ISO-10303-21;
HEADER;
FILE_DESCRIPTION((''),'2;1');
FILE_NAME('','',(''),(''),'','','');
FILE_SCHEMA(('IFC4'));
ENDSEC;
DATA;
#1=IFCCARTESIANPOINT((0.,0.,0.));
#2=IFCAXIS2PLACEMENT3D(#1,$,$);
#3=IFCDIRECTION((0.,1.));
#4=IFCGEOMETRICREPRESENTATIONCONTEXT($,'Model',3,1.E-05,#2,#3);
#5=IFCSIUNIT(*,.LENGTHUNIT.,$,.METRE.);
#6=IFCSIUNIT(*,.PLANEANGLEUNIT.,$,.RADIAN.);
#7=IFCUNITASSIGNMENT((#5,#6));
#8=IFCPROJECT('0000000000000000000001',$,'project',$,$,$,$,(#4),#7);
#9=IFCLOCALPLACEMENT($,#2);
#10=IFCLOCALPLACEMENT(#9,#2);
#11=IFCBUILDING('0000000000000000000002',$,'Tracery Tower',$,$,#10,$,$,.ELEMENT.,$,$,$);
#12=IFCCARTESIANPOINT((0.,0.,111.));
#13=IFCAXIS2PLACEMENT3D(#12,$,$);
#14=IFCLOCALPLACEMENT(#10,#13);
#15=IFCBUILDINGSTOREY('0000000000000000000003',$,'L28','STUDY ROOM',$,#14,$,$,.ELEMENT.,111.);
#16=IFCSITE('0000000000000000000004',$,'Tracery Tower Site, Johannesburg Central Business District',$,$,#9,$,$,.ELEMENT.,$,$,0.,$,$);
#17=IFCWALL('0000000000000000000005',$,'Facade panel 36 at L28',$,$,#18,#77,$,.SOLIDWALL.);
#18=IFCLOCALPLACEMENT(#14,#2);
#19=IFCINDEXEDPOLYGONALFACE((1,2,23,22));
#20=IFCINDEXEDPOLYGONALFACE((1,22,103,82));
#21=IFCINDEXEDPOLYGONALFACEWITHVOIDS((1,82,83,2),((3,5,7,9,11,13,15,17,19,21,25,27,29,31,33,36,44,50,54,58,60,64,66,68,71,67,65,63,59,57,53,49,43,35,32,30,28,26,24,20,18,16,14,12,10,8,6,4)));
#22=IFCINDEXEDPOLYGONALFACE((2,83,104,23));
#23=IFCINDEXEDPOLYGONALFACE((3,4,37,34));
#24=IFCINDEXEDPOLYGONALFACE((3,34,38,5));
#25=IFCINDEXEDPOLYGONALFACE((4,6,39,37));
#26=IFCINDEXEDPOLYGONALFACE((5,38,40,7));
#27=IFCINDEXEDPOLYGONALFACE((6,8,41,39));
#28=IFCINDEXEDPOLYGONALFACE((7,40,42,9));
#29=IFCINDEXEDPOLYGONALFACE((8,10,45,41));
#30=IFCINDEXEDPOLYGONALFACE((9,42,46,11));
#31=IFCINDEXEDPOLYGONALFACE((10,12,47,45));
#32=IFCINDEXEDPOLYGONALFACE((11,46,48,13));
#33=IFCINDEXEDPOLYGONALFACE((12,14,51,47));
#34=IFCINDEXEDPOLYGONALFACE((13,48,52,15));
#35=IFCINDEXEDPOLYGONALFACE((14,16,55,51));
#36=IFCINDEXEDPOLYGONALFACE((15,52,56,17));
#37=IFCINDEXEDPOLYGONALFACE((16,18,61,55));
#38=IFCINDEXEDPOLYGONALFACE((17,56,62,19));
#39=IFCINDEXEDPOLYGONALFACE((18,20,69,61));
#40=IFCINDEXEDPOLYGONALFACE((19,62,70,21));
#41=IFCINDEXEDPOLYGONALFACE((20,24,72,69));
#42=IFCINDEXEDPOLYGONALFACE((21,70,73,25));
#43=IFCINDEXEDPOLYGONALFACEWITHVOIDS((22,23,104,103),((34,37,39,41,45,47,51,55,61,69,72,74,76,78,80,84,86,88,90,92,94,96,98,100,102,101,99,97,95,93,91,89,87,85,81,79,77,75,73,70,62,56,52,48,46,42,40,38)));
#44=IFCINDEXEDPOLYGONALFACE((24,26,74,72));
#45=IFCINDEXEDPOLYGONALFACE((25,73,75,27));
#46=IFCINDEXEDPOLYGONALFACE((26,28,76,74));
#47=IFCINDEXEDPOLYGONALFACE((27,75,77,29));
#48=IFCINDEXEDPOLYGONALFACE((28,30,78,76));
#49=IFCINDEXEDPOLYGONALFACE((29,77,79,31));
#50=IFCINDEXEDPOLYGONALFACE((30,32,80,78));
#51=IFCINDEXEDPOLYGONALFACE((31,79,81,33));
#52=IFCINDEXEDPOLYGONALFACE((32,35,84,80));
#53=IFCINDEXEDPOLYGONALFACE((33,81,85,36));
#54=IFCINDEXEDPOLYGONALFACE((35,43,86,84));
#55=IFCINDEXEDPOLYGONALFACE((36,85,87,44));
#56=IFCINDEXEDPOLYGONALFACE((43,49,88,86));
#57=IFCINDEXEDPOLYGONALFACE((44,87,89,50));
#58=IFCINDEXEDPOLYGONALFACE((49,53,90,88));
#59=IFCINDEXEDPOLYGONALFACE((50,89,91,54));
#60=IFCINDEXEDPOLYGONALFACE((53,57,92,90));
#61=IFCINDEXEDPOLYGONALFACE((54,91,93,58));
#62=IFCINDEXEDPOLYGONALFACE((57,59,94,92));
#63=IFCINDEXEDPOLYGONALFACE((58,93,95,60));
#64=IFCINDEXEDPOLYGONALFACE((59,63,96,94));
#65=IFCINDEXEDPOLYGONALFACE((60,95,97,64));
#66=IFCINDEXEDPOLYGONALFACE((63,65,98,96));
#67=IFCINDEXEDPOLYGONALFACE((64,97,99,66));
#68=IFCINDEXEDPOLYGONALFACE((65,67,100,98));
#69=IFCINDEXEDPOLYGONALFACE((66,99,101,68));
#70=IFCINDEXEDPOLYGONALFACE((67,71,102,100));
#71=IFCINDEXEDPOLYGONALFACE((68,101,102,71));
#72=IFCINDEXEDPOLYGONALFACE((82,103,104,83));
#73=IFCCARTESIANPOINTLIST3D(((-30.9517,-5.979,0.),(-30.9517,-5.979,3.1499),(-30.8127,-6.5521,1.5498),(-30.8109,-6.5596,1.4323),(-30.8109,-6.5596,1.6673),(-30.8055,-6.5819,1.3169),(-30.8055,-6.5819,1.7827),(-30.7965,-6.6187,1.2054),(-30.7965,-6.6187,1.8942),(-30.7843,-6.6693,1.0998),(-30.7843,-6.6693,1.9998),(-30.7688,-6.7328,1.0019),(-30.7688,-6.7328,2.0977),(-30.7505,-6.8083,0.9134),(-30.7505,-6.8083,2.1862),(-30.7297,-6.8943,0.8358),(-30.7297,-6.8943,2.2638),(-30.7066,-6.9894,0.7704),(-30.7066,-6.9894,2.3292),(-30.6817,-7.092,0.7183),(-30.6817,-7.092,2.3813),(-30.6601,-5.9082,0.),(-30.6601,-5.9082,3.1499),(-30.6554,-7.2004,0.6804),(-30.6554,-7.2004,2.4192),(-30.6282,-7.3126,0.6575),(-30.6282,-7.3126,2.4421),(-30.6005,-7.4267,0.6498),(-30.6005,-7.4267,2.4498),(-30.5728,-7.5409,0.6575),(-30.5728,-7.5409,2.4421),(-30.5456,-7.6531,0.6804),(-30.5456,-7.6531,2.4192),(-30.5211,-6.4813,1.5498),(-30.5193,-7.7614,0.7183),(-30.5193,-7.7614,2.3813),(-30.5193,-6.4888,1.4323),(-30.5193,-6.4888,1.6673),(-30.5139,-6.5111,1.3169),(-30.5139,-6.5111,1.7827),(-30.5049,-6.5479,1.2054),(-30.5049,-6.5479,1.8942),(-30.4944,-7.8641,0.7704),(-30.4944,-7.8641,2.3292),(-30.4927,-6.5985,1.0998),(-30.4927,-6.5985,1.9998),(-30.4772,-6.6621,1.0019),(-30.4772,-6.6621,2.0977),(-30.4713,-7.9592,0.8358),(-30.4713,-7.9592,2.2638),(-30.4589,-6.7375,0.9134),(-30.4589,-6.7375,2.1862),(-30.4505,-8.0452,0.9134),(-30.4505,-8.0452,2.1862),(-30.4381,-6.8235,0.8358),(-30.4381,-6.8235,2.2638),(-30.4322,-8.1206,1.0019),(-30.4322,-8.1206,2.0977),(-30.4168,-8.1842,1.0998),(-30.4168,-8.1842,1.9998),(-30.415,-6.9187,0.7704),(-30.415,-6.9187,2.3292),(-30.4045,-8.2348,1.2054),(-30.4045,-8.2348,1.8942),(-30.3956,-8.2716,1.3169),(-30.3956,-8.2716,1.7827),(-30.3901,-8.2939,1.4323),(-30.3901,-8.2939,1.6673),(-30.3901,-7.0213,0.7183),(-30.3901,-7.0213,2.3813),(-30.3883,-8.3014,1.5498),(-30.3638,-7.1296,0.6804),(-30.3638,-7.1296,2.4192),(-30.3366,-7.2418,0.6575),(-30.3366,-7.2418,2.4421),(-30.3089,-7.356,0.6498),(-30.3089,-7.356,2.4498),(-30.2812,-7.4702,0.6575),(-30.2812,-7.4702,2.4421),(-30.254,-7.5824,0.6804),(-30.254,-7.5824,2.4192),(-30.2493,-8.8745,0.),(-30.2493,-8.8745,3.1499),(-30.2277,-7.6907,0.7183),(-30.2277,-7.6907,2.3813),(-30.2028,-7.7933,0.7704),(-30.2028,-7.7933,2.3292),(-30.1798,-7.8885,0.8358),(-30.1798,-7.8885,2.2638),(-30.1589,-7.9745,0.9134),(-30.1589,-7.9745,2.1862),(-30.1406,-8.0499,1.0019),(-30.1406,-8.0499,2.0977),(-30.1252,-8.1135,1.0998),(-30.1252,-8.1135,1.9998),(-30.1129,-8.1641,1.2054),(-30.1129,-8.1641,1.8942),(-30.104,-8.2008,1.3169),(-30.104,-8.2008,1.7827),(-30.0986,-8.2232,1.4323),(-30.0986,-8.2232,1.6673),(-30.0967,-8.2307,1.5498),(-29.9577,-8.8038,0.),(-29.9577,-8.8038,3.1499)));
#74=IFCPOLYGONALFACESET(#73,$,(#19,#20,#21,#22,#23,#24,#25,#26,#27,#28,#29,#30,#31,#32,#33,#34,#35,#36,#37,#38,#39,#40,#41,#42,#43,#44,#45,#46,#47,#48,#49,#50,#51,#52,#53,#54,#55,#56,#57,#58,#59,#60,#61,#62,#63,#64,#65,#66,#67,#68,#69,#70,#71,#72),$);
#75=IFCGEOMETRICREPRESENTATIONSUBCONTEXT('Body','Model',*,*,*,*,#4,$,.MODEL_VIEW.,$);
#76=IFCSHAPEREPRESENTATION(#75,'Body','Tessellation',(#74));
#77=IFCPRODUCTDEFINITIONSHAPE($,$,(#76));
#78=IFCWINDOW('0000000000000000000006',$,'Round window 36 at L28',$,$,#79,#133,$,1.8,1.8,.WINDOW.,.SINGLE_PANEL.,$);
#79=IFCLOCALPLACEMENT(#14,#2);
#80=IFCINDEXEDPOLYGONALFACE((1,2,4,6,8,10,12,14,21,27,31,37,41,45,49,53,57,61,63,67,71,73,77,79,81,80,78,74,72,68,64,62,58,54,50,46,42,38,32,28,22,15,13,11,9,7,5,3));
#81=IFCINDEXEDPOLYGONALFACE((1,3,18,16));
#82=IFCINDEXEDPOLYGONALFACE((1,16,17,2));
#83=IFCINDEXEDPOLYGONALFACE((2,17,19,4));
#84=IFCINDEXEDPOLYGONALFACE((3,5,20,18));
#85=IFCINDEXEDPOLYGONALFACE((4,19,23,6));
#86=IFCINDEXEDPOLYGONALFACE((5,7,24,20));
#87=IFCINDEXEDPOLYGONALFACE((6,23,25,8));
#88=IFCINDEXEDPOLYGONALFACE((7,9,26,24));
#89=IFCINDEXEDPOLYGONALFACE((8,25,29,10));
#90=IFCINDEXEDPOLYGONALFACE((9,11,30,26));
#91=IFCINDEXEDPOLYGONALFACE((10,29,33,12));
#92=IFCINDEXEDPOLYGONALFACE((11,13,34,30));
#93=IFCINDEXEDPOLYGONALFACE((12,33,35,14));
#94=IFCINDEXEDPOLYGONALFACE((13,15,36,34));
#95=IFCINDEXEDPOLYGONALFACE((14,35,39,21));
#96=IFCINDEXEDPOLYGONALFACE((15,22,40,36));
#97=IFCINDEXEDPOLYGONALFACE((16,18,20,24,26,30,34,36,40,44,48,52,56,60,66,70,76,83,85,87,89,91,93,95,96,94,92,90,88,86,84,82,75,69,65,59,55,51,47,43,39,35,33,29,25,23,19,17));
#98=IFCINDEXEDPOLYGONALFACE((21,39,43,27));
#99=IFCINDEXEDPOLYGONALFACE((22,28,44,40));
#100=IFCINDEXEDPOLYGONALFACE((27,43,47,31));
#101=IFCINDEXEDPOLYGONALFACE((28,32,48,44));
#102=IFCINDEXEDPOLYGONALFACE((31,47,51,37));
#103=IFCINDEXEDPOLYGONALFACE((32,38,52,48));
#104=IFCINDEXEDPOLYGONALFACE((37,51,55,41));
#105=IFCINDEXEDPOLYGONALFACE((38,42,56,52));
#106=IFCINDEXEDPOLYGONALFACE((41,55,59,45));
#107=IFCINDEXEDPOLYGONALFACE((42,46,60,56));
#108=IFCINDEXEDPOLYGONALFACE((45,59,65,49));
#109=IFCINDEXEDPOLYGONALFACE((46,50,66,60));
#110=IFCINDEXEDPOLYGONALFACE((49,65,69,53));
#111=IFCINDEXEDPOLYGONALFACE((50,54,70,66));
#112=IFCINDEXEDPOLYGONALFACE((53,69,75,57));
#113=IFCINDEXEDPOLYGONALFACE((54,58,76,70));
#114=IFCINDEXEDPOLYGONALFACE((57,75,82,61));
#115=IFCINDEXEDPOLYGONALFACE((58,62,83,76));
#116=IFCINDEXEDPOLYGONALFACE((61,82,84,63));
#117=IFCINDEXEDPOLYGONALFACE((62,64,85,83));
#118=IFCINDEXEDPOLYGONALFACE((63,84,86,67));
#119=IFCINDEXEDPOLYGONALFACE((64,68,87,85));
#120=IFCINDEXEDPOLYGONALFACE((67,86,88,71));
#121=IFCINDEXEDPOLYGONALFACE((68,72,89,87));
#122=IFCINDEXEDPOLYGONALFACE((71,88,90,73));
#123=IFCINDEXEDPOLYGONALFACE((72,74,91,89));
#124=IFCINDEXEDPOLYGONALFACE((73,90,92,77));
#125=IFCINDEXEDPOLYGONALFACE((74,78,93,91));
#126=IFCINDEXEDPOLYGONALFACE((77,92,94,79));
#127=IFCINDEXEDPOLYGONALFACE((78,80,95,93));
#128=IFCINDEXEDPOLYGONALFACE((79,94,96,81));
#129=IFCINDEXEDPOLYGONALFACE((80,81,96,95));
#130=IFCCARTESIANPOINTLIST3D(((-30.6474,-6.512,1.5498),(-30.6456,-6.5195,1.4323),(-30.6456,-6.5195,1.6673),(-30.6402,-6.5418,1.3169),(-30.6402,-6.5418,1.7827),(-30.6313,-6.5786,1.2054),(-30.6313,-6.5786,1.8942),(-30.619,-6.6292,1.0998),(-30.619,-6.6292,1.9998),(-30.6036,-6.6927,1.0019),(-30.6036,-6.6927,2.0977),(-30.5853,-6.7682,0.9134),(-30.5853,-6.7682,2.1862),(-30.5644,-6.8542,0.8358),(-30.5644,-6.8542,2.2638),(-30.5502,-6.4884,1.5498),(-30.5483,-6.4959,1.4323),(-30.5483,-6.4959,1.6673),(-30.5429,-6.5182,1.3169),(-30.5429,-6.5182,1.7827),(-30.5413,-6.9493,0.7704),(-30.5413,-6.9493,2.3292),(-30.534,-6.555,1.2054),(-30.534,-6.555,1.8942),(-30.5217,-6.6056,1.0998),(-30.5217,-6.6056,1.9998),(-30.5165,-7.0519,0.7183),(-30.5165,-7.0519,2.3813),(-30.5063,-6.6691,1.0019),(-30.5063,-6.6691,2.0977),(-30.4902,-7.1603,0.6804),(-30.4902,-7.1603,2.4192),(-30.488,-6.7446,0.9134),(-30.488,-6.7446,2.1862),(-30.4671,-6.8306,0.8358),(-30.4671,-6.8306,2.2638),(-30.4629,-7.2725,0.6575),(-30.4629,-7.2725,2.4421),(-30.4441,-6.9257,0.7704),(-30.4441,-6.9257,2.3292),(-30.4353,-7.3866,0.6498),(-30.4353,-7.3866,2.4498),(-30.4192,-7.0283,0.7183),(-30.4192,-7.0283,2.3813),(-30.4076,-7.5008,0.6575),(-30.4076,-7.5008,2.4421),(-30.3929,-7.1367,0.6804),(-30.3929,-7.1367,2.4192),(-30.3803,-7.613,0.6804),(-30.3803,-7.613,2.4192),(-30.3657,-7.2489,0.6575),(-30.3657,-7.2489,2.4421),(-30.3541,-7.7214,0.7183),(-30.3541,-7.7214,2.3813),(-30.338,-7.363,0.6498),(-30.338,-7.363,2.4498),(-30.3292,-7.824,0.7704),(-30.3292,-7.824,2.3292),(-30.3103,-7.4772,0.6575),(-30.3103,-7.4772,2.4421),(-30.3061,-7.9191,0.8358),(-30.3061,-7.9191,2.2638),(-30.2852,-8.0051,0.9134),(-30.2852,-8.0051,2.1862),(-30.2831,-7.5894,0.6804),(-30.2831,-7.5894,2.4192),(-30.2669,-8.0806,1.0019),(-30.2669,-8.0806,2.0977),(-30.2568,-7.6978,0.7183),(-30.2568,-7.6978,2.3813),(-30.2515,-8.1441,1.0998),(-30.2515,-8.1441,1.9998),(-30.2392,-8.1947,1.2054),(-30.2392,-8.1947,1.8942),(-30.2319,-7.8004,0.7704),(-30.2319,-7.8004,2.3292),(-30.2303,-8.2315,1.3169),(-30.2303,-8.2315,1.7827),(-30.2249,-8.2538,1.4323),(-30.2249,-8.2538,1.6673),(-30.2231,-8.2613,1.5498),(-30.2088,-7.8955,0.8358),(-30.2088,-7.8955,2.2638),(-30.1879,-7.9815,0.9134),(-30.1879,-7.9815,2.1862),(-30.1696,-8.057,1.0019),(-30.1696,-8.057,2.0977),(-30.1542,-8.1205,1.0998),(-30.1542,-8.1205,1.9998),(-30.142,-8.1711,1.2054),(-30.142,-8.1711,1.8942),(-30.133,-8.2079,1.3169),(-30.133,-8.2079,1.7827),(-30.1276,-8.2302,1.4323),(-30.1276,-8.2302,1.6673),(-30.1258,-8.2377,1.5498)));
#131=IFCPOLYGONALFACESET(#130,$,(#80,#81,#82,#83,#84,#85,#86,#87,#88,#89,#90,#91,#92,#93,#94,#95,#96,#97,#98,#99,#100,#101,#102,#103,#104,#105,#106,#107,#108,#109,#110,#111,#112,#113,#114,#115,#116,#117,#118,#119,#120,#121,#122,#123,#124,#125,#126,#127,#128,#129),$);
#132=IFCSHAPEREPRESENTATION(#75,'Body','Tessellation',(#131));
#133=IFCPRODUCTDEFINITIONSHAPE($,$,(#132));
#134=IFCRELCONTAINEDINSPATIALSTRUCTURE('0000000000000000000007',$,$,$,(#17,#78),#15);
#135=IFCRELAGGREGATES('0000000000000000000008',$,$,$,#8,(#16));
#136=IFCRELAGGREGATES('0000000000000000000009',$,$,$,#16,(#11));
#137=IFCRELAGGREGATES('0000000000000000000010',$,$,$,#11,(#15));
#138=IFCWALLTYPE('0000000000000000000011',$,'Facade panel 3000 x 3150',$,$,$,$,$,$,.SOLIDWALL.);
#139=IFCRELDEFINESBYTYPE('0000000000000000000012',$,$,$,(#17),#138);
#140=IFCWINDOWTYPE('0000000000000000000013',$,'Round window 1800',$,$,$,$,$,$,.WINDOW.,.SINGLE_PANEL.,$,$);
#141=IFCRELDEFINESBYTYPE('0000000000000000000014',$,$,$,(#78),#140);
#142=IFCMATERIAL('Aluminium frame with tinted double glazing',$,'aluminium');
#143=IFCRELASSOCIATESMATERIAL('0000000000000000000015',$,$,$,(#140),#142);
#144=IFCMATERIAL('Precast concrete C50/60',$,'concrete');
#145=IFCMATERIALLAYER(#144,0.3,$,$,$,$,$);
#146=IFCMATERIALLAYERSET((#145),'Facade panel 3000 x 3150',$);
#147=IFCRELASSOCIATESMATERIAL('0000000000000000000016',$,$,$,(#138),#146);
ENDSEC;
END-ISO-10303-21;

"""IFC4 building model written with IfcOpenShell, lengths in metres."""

from ifc_helpers import new_model, si_unit, direction, frame, frame_2d, origin, origin_2d, place, context, subcontext, project, spatial, rectangle, circle, extrude, material, layer, layer_set, type_object, element, fill, save


model = new_model("IFC4")

# Units and contexts
model_context = context("Model", 3, precision=1e-05, world=origin(), true_north=direction((0.0, 1.0)))
body_context = subcontext(model_context, "Body", "Model", "MODEL_VIEW")
ifc_project = project(units=[si_unit("LENGTHUNIT", "METRE"), si_unit("PLANEANGLEUNIT", "RADIAN")], contexts=[model_context])

# Site, building, storey
site_placement = place(None, origin())
site = spatial("IfcSite", under=ifc_project, at=site_placement, Name="Tracery Tower Site, Johannesburg Central Business District", CompositionType="ELEMENT", RefElevation=0.0)
building_placement = place(site_placement, origin())
building = spatial("IfcBuilding", under=site, at=building_placement, Name="Tracery Tower", CompositionType="ELEMENT")
storey_placement = place(building_placement, frame((0.0, 0.0, 111.0)))
storey = spatial("IfcBuildingStorey", under=building, at=storey_placement, Name="L28", Description="STUDY ROOM", CompositionType="ELEMENT", Elevation=111.0)

# Wall, opening, window
ifc_material_1 = material(Name="Aluminium frame with tinted double glazing", Category="aluminium")
window_type = type_object("IfcWindowType", Name="Round window 1800", PartitioningType="SINGLE_PANEL", PredefinedType="WINDOW", material=ifc_material_1)
ifc_material_2 = material(Name="Precast concrete C50/60", Category="concrete")
ifc_layer_1 = layer(ifc_material_2, 0.3)
ifc_layer_set_1 = layer_set([ifc_layer_1], Name="Facade panel 3000 x 3150")
wall_type_1 = type_object("IfcWallType", Name="Facade panel 3000 x 3150", PredefinedType="SOLIDWALL", material=ifc_layer_set_1)
wall_1_placement = place(storey_placement, frame((-30.8059, -5.9436, 0.0), z_axis=(0.0, 0.0, 1.0), x_axis=(0.235743, -0.971815, 0.0)))
wall_1 = element("IfcWall", 1, at=wall_1_placement, inside=storey, type_object=wall_type_1, Name="Facade panel 36 at L28", PredefinedType="SOLIDWALL", context=body_context, shape_type="SweptSolid", body=[
    extrude(rectangle(XDim=2.9795, YDim=0.3, at=frame_2d((1.4897, 0.0))), origin(), (0.0, 0.0, 1.0), 3.1499),
])
opening_1_placement = place(wall_1_placement, frame((1.4897, 0.0, 1.5498)))
opening_1 = element("IfcOpeningElement", 2, at=opening_1_placement, cuts=wall_1, PredefinedType="OPENING", context=body_context, shape_type="SweptSolid", body=[
    extrude(circle(Radius=0.9, at=origin_2d()), frame((0.0, 0.1599, 0.0), z_axis=(0.0, -1.0, 0.0), x_axis=(1.0, 0.0, 0.0)), (0.0, 0.0, 1.0), 0.3201),
])
window_1_placement = place(opening_1_placement, origin())
window_1 = element("IfcWindow", 3, at=window_1_placement, inside=storey, type_object=window_type, Name="Round window 36 at L28", OverallHeight=1.8, OverallWidth=1.8, PartitioningType="SINGLE_PANEL", PredefinedType="WINDOW", context=body_context, shape_type="SweptSolid", body=[
    extrude(circle(Radius=0.9, at=origin_2d()), frame((0.0, 0.1201, 0.0), z_axis=(0.0, -1.0, 0.0), x_axis=(1.0, 0.0, 0.0)), (0.0, 0.0, 1.0), 0.1001),
])
fill(opening_1, window_1)

save(model, "model.ifc")
